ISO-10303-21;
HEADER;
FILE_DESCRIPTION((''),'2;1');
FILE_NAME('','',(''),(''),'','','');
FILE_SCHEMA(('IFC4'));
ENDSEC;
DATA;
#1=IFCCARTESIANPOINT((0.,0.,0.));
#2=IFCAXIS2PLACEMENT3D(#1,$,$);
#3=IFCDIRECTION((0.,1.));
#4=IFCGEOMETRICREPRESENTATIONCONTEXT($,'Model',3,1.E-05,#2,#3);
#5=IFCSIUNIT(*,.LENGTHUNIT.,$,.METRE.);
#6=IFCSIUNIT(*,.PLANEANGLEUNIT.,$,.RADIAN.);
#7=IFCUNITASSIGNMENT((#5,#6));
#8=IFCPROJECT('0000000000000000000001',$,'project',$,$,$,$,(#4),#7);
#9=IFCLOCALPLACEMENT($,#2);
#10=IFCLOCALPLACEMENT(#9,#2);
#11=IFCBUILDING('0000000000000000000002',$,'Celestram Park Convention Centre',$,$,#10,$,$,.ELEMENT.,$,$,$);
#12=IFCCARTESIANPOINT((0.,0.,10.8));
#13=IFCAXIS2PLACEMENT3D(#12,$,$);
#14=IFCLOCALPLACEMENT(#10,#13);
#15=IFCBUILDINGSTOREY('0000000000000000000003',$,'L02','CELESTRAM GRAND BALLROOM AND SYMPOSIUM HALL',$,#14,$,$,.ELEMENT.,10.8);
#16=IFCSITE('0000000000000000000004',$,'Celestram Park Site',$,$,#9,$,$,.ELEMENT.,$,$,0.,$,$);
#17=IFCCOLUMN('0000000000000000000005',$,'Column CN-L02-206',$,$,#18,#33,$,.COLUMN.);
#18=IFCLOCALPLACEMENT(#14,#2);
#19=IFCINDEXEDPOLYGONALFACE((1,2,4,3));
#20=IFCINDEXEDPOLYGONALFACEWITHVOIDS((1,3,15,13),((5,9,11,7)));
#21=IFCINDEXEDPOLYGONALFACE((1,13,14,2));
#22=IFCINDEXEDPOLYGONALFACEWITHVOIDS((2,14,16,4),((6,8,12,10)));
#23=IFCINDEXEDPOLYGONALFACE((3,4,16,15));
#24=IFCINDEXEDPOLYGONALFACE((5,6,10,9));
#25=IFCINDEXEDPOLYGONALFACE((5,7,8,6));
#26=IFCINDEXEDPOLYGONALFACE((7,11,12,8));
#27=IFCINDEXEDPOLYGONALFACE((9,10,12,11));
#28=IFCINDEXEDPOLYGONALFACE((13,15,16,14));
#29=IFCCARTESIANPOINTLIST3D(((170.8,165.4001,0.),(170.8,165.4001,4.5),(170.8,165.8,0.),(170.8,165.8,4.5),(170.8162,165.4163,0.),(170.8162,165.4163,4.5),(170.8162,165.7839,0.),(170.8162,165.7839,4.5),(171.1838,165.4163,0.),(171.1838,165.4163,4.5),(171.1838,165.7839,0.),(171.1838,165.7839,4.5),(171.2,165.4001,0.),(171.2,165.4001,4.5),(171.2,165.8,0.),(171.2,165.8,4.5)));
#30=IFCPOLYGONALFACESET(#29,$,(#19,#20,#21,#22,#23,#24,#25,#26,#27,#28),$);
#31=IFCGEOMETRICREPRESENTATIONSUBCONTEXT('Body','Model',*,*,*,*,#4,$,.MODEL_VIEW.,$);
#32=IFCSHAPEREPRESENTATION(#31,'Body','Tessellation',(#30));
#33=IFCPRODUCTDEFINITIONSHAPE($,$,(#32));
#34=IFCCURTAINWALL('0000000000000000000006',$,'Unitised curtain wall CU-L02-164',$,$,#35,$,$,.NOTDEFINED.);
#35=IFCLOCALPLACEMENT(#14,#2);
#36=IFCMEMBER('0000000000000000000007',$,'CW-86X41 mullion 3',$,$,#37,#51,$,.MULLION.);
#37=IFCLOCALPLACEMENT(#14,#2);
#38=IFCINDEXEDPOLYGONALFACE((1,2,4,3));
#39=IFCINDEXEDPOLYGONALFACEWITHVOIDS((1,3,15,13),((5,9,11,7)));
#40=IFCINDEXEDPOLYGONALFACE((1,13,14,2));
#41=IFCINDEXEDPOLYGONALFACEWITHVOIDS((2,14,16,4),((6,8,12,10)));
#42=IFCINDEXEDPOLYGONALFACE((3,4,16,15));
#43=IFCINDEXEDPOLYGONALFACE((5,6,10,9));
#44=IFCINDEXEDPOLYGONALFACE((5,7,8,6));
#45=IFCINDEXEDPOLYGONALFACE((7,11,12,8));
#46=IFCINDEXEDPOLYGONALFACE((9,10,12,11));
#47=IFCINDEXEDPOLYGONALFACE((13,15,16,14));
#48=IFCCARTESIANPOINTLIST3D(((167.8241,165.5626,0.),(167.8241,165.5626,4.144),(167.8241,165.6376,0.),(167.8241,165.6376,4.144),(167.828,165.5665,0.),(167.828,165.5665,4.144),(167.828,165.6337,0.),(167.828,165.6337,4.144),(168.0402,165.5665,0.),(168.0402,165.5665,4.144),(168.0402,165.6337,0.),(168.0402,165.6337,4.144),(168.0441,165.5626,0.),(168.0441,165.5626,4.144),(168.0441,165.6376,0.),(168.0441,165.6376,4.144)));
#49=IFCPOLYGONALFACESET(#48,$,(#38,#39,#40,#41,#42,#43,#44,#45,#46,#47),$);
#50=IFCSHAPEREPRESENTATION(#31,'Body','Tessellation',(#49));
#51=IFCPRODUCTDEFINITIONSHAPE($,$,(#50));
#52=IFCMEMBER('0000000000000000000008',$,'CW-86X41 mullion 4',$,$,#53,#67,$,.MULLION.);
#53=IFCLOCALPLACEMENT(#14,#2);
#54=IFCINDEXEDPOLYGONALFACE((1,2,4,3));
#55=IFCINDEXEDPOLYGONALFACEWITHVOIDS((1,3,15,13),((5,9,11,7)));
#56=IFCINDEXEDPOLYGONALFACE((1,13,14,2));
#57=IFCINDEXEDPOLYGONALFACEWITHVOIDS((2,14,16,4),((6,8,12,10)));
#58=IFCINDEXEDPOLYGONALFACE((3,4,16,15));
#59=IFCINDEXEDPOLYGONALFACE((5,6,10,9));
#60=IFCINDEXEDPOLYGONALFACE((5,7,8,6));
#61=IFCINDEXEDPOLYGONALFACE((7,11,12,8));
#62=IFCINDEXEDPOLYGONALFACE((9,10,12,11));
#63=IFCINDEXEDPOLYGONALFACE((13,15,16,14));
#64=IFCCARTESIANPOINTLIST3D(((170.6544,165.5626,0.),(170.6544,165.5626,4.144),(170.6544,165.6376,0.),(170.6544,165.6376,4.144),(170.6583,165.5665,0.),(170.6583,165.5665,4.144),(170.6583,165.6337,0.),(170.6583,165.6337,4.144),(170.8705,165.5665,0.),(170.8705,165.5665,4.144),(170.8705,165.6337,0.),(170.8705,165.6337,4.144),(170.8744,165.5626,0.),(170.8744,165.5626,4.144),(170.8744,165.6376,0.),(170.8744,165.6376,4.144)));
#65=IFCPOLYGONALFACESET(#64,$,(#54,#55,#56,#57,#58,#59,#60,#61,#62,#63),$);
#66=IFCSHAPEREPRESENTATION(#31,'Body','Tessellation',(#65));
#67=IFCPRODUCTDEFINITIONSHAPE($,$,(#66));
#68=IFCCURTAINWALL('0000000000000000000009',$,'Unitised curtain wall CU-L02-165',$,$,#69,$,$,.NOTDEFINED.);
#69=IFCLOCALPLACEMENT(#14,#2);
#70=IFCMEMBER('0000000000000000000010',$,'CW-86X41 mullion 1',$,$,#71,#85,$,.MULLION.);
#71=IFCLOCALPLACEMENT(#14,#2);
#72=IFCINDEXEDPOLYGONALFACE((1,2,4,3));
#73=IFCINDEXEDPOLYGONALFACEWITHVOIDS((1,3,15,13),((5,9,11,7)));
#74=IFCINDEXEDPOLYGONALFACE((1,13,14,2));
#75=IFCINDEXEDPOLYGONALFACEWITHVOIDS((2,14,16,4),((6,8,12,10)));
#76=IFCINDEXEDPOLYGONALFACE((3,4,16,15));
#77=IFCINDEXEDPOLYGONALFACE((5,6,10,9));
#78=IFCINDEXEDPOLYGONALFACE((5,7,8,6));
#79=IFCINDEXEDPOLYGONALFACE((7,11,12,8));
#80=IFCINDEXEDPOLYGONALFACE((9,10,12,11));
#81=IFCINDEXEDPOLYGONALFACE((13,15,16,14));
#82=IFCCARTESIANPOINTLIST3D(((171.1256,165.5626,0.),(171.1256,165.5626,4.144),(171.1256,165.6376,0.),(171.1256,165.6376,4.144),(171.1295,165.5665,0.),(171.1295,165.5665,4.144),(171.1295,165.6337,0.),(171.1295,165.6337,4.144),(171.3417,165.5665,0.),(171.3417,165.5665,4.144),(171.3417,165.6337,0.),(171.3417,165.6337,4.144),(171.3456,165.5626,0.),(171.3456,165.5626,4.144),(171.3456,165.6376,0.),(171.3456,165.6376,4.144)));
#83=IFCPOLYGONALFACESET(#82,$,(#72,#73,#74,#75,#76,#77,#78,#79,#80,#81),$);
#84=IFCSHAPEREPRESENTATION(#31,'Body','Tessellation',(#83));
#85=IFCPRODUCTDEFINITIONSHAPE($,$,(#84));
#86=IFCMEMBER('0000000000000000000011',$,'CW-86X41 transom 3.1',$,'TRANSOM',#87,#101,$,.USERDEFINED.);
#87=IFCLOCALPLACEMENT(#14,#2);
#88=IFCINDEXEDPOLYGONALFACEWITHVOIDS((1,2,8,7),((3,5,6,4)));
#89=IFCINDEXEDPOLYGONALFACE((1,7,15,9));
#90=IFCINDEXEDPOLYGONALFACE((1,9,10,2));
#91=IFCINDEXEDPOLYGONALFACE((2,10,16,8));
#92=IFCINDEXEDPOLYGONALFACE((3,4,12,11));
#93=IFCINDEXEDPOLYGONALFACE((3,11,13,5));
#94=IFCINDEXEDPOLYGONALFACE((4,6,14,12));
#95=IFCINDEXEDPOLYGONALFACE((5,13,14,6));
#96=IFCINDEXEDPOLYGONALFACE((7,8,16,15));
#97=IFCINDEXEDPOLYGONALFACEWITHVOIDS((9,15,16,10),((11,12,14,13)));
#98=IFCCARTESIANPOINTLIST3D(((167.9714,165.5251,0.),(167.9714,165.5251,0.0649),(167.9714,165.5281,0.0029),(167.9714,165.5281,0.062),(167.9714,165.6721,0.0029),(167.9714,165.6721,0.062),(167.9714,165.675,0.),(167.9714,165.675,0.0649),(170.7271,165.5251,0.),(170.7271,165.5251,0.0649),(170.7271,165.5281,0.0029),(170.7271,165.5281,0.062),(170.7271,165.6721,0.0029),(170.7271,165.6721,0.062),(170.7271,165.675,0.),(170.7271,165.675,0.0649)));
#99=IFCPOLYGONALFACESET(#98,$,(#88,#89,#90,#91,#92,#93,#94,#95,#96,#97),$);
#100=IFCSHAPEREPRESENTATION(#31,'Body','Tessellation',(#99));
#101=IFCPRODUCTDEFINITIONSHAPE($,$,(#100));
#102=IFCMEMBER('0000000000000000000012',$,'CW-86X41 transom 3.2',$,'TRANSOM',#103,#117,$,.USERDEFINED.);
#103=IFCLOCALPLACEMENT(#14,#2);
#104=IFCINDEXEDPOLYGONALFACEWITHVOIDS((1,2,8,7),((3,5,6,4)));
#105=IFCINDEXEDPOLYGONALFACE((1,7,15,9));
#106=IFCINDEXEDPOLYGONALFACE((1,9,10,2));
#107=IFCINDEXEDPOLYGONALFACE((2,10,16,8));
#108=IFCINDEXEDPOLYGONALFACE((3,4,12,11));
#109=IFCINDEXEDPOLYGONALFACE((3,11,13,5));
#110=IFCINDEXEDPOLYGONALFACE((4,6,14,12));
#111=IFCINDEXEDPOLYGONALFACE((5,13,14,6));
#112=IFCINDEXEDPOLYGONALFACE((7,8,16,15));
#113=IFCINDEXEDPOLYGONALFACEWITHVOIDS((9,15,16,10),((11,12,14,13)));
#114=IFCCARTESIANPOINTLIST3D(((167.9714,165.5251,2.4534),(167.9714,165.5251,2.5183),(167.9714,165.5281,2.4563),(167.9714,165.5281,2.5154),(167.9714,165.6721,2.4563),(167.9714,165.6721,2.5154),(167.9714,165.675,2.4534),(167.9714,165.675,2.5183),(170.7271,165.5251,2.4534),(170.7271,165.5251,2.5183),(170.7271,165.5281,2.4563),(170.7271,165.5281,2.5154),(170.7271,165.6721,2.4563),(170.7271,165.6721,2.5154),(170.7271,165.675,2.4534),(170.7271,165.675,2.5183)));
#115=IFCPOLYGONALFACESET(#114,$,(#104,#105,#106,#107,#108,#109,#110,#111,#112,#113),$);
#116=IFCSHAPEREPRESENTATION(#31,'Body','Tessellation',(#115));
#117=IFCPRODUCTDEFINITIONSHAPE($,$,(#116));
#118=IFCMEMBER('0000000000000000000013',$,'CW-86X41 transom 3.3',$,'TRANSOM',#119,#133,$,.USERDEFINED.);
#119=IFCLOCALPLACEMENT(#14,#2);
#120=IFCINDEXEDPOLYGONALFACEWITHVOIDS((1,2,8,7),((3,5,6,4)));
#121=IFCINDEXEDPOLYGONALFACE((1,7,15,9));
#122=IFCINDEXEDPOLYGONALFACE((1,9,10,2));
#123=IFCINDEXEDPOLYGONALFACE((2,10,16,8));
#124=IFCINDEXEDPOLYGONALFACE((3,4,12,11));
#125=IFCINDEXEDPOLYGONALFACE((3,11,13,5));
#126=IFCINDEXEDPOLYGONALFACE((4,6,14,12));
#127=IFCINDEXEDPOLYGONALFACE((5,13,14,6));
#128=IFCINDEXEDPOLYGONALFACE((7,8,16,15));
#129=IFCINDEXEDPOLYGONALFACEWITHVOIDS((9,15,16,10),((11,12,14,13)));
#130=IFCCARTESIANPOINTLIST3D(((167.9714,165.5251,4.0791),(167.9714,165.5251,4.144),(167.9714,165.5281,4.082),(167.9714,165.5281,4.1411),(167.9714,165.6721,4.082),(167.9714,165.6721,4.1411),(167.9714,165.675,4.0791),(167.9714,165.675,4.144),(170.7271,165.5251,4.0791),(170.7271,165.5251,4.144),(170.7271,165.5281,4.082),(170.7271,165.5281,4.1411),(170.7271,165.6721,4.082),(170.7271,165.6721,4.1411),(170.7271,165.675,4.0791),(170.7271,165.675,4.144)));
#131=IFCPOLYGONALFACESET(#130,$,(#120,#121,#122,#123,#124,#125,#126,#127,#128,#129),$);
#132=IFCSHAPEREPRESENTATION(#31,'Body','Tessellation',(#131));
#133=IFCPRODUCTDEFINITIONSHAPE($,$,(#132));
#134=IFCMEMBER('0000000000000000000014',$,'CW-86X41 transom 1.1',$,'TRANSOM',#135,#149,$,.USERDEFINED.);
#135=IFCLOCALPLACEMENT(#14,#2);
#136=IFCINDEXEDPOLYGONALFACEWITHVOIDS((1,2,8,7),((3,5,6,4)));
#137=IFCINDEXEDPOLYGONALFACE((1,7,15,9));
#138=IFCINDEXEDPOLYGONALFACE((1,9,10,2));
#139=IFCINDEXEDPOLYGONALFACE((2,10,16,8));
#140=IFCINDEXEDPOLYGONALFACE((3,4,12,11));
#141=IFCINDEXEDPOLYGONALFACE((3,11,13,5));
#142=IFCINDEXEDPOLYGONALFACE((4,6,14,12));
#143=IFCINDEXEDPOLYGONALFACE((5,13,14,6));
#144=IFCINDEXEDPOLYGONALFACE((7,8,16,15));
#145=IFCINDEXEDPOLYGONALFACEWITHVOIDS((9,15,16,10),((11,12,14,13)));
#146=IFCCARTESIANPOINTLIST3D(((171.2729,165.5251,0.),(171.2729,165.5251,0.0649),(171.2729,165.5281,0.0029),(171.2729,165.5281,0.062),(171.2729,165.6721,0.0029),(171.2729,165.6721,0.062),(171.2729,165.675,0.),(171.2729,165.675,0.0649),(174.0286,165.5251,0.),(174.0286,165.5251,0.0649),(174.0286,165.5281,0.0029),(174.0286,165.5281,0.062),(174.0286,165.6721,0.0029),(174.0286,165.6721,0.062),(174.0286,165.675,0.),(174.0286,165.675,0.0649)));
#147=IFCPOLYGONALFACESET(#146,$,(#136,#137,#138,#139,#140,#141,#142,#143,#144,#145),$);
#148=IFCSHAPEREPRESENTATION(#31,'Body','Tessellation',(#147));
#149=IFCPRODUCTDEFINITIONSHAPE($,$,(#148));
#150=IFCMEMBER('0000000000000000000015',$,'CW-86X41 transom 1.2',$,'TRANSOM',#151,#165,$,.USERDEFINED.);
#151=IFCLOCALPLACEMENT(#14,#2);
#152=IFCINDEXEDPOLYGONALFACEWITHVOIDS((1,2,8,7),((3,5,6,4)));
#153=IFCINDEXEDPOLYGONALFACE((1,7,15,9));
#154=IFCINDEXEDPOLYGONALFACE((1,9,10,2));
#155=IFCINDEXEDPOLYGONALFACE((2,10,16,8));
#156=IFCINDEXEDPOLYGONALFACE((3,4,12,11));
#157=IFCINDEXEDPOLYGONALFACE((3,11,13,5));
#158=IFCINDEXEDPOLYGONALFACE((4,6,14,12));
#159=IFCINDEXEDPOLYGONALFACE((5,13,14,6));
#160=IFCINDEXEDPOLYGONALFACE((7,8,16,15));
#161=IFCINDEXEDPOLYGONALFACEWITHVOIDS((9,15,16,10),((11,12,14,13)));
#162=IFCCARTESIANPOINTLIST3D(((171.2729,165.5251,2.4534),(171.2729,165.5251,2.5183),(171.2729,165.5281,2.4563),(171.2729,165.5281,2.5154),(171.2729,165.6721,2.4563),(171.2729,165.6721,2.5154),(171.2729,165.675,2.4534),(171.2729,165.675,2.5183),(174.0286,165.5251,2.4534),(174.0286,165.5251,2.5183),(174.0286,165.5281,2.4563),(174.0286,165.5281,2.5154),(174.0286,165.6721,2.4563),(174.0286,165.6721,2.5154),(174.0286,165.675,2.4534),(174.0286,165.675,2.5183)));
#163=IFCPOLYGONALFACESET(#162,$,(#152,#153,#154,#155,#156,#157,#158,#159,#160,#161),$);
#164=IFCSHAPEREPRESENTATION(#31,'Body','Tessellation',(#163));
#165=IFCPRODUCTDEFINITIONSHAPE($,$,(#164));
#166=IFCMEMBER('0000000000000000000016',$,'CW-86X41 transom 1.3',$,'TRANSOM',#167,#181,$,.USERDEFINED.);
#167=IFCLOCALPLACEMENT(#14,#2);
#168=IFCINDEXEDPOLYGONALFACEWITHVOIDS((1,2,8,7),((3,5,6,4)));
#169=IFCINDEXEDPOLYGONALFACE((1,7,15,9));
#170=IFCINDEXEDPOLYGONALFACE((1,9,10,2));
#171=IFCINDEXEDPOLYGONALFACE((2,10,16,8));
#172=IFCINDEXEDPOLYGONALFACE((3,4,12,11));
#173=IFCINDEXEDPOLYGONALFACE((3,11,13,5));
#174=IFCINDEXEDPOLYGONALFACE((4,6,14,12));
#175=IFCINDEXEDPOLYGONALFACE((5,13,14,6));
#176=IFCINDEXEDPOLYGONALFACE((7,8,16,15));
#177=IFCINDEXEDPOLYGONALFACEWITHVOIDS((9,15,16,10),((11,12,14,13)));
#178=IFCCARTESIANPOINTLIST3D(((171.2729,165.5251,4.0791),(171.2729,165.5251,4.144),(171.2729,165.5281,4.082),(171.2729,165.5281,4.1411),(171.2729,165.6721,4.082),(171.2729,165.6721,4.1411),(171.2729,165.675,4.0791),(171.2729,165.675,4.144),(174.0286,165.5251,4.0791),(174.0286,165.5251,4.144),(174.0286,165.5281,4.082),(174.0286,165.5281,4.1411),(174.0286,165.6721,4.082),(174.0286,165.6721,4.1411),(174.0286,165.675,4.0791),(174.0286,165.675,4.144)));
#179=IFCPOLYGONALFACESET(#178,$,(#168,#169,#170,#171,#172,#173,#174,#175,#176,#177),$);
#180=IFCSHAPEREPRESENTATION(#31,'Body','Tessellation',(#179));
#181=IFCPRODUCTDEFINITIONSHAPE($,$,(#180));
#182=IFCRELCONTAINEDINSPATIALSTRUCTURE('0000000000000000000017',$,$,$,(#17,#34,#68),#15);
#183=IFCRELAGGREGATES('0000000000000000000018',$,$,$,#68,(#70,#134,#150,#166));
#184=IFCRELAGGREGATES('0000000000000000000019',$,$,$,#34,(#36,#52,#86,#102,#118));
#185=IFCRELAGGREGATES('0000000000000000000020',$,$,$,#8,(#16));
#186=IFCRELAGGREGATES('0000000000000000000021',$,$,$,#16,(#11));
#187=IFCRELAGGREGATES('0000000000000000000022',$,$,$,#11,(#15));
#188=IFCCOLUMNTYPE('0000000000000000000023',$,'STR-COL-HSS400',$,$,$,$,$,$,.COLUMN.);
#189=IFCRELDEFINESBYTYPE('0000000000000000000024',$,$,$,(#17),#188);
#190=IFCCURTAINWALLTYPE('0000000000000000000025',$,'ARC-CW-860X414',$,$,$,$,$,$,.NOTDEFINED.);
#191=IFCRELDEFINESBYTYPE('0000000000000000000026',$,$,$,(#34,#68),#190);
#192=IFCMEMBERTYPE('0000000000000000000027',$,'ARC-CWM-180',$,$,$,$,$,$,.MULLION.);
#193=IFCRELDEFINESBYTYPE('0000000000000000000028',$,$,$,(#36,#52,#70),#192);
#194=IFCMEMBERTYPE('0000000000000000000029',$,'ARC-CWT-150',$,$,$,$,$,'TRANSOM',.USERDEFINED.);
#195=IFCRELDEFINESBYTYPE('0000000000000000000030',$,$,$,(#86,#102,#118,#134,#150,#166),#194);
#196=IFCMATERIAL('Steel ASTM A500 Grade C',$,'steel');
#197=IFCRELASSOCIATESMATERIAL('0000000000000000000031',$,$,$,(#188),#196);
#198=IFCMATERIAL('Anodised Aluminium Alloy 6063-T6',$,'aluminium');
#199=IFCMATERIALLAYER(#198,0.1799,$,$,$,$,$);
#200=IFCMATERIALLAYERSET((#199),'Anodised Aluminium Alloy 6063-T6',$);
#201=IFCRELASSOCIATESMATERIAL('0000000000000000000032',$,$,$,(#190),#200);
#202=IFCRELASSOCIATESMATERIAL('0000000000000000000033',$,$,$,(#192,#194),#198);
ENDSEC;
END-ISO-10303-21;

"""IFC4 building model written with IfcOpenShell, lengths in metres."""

from ifc_helpers import new_model, si_unit, direction, frame, origin, origin_2d, place, context, subcontext, project, spatial, hollow_rectangle, extrude, material, layer, layer_set, material_profile, profile_set, type_object, element, aggregate, save


model = new_model("IFC4")

# Units and contexts
model_context = context("Model", 3, precision=1e-05, world=origin(), true_north=direction((0.0, 1.0)))
body_context = subcontext(model_context, "Body", "Model", "MODEL_VIEW")
ifc_project = project(units=[si_unit("LENGTHUNIT", "METRE"), si_unit("PLANEANGLEUNIT", "RADIAN")], contexts=[model_context])

# Site, building, storey
site_placement = place(None, origin())
site = spatial("IfcSite", under=ifc_project, at=site_placement, Name="Celestram Park Site", CompositionType="ELEMENT", RefElevation=0.0)
building_placement = place(site_placement, origin())
building = spatial("IfcBuilding", under=site, at=building_placement, Name="Celestram Park Convention Centre", CompositionType="ELEMENT")
storey_placement = place(building_placement, frame((0.0, 0.0, 10.8)))
storey = spatial("IfcBuildingStorey", under=building, at=storey_placement, Name="L02", Description="CELESTRAM GRAND BALLROOM AND SYMPOSIUM HALL", CompositionType="ELEMENT", Elevation=10.8)

# Column
ifc_material_1 = material(Name="Steel ASTM A500 Grade C", Category="steel")
ifc_material_profile_1 = material_profile(ifc_material_1, hollow_rectangle(XDim=0.3999, YDim=0.3999, WallThickness=0.0161, at=origin_2d()), Name="HSS400X400X16")
ifc_profile_set_1 = profile_set([ifc_material_profile_1], Name="Steel ASTM A500 Grade C")
column_type = type_object("IfcColumnType", Name="STR-COL-HSS400", PredefinedType="COLUMN", material=ifc_profile_set_1)
column_placement = place(storey_placement, frame((171.0, 165.6001, 0.0), z_axis=(0.0, 0.0, 1.0), x_axis=(1.0, 0.0, 0.0)))
element("IfcColumn", 1, at=column_placement, inside=storey, type_object=column_type, Name="Column CN-L02-206", PredefinedType="COLUMN", context=body_context, shape_type="SweptSolid", body=[
    extrude(hollow_rectangle(XDim=0.3999, YDim=0.3999, WallThickness=0.0161, at=origin_2d()), origin(), (0.0, 0.0, 1.0), 4.5),
])

# Curtain wall, members
ifc_material_2 = material(Name="Anodised Aluminium Alloy 6063-T6", Category="aluminium")
ifc_layer_1 = layer(ifc_material_2, 0.1799)
ifc_layer_set_1 = layer_set([ifc_layer_1], Name="Anodised Aluminium Alloy 6063-T6")
curtain_wall_type = type_object("IfcCurtainWallType", Name="ARC-CW-860X414", PredefinedType="NOTDEFINED", material=ifc_layer_set_1)
curtain_wall_1_placement = place(storey_placement, origin())
curtain_wall_1 = element("IfcCurtainWall", 2, at=curtain_wall_1_placement, inside=storey, type_object=curtain_wall_type, Name="Unitised curtain wall CU-L02-164", PredefinedType="NOTDEFINED")
ifc_material_profile_2 = material_profile(ifc_material_2, hollow_rectangle(XDim=0.075, YDim=0.22, WallThickness=0.0039, at=origin_2d()), Name="ALU75X220X4")
ifc_profile_set_2 = profile_set([ifc_material_profile_2], Name="Anodised Aluminium Alloy 6063-T6")
member_type_1 = type_object("IfcMemberType", Name="ARC-CWM-180", PredefinedType="MULLION", material=ifc_profile_set_2)
member_1_placement = place(storey_placement, frame((167.9341, 165.6001, 0.0), z_axis=(0.0, 0.0, 1.0), x_axis=(0.0, 1.0, 0.0)))
member_1 = element("IfcMember", 3, at=member_1_placement, type_object=member_type_1, Name="CW-86X41 mullion 3", PredefinedType="MULLION", context=body_context, shape_type="SweptSolid", body=[
    extrude(hollow_rectangle(XDim=0.075, YDim=0.22, WallThickness=0.0039, at=origin_2d()), origin(), (0.0, 0.0, 1.0), 4.144),
])
member_2_placement = place(storey_placement, frame((170.7644, 165.6001, 0.0), z_axis=(0.0, 0.0, 1.0), x_axis=(0.0, 1.0, 0.0)))
member_2 = element("IfcMember", 4, at=member_2_placement, type_object=member_type_1, Name="CW-86X41 mullion 4", PredefinedType="MULLION", context=body_context, shape_type="SweptSolid", body=[
    extrude(hollow_rectangle(XDim=0.075, YDim=0.22, WallThickness=0.0039, at=origin_2d()), origin(), (0.0, 0.0, 1.0), 4.144),
])

# Curtain wall, member
curtain_wall_2_placement = place(storey_placement, origin())
curtain_wall_2 = element("IfcCurtainWall", 5, at=curtain_wall_2_placement, inside=storey, type_object=curtain_wall_type, Name="Unitised curtain wall CU-L02-165", PredefinedType="NOTDEFINED")
member_3_placement = place(storey_placement, frame((171.2356, 165.6001, 0.0), z_axis=(0.0, 0.0, 1.0), x_axis=(0.0, 1.0, 0.0)))
member_3 = element("IfcMember", 6, at=member_3_placement, type_object=member_type_1, Name="CW-86X41 mullion 1", PredefinedType="MULLION", context=body_context, shape_type="SweptSolid", body=[
    extrude(hollow_rectangle(XDim=0.075, YDim=0.22, WallThickness=0.0039, at=origin_2d()), origin(), (0.0, 0.0, 1.0), 4.144),
])

# Members
ifc_material_profile_3 = material_profile(ifc_material_2, hollow_rectangle(XDim=0.1499, YDim=0.0649, WallThickness=0.0029, at=origin_2d()), Name="ALU150X65X3")
ifc_profile_set_3 = profile_set([ifc_material_profile_3], Name="Anodised Aluminium Alloy 6063-T6")
member_type_2 = type_object("IfcMemberType", Name="ARC-CWT-150", ElementType="TRANSOM", PredefinedType="USERDEFINED", material=ifc_profile_set_3)
member_4_placement = place(storey_placement, frame((167.9714, 165.6001, 0.0325), z_axis=(1.0, 0.0, 0.0), x_axis=(0.0, 1.0, 0.0)))
member_4 = element("IfcMember", 7, at=member_4_placement, type_object=member_type_2, Name="CW-86X41 transom 3.1", ObjectType="TRANSOM", PredefinedType="USERDEFINED", context=body_context, shape_type="SweptSolid", body=[
    extrude(hollow_rectangle(XDim=0.1499, YDim=0.0649, WallThickness=0.0029, at=origin_2d()), origin(), (0.0, 0.0, 1.0), 2.7556),
])
member_5_placement = place(storey_placement, frame((167.9714, 165.6001, 2.4858), z_axis=(1.0, 0.0, 0.0), x_axis=(0.0, 1.0, 0.0)))
member_5 = element("IfcMember", 8, at=member_5_placement, type_object=member_type_2, Name="CW-86X41 transom 3.2", ObjectType="TRANSOM", PredefinedType="USERDEFINED", context=body_context, shape_type="SweptSolid", body=[
    extrude(hollow_rectangle(XDim=0.1499, YDim=0.0649, WallThickness=0.0029, at=origin_2d()), origin(), (0.0, 0.0, 1.0), 2.7556),
])
member_6_placement = place(storey_placement, frame((167.9714, 165.6001, 4.1116), z_axis=(1.0, 0.0, 0.0), x_axis=(0.0, 1.0, 0.0)))
member_6 = element("IfcMember", 9, at=member_6_placement, type_object=member_type_2, Name="CW-86X41 transom 3.3", ObjectType="TRANSOM", PredefinedType="USERDEFINED", context=body_context, shape_type="SweptSolid", body=[
    extrude(hollow_rectangle(XDim=0.1499, YDim=0.0649, WallThickness=0.0029, at=origin_2d()), origin(), (0.0, 0.0, 1.0), 2.7556),
])
member_7_placement = place(storey_placement, frame((171.2729, 165.6001, 0.0325), z_axis=(1.0, 0.0, 0.0), x_axis=(0.0, 1.0, 0.0)))
member_7 = element("IfcMember", 10, at=member_7_placement, type_object=member_type_2, Name="CW-86X41 transom 1.1", ObjectType="TRANSOM", PredefinedType="USERDEFINED", context=body_context, shape_type="SweptSolid", body=[
    extrude(hollow_rectangle(XDim=0.1499, YDim=0.0649, WallThickness=0.0029, at=origin_2d()), origin(), (0.0, 0.0, 1.0), 2.7556),
])
member_8_placement = place(storey_placement, frame((171.2729, 165.6001, 2.4858), z_axis=(1.0, 0.0, 0.0), x_axis=(0.0, 1.0, 0.0)))
member_8 = element("IfcMember", 11, at=member_8_placement, type_object=member_type_2, Name="CW-86X41 transom 1.2", ObjectType="TRANSOM", PredefinedType="USERDEFINED", context=body_context, shape_type="SweptSolid", body=[
    extrude(hollow_rectangle(XDim=0.1499, YDim=0.0649, WallThickness=0.0029, at=origin_2d()), origin(), (0.0, 0.0, 1.0), 2.7556),
])
member_9_placement = place(storey_placement, frame((171.2729, 165.6001, 4.1116), z_axis=(1.0, 0.0, 0.0), x_axis=(0.0, 1.0, 0.0)))
member_9 = element("IfcMember", 12, at=member_9_placement, type_object=member_type_2, Name="CW-86X41 transom 1.3", ObjectType="TRANSOM", PredefinedType="USERDEFINED", context=body_context, shape_type="SweptSolid", body=[
    extrude(hollow_rectangle(XDim=0.1499, YDim=0.0649, WallThickness=0.0029, at=origin_2d()), origin(), (0.0, 0.0, 1.0), 2.7556),
])
aggregate(curtain_wall_2, [member_3, member_7, member_8, member_9])

aggregate(curtain_wall_1, [member_1, member_2, member_4, member_5, member_6])

save(model, "model.ifc")
